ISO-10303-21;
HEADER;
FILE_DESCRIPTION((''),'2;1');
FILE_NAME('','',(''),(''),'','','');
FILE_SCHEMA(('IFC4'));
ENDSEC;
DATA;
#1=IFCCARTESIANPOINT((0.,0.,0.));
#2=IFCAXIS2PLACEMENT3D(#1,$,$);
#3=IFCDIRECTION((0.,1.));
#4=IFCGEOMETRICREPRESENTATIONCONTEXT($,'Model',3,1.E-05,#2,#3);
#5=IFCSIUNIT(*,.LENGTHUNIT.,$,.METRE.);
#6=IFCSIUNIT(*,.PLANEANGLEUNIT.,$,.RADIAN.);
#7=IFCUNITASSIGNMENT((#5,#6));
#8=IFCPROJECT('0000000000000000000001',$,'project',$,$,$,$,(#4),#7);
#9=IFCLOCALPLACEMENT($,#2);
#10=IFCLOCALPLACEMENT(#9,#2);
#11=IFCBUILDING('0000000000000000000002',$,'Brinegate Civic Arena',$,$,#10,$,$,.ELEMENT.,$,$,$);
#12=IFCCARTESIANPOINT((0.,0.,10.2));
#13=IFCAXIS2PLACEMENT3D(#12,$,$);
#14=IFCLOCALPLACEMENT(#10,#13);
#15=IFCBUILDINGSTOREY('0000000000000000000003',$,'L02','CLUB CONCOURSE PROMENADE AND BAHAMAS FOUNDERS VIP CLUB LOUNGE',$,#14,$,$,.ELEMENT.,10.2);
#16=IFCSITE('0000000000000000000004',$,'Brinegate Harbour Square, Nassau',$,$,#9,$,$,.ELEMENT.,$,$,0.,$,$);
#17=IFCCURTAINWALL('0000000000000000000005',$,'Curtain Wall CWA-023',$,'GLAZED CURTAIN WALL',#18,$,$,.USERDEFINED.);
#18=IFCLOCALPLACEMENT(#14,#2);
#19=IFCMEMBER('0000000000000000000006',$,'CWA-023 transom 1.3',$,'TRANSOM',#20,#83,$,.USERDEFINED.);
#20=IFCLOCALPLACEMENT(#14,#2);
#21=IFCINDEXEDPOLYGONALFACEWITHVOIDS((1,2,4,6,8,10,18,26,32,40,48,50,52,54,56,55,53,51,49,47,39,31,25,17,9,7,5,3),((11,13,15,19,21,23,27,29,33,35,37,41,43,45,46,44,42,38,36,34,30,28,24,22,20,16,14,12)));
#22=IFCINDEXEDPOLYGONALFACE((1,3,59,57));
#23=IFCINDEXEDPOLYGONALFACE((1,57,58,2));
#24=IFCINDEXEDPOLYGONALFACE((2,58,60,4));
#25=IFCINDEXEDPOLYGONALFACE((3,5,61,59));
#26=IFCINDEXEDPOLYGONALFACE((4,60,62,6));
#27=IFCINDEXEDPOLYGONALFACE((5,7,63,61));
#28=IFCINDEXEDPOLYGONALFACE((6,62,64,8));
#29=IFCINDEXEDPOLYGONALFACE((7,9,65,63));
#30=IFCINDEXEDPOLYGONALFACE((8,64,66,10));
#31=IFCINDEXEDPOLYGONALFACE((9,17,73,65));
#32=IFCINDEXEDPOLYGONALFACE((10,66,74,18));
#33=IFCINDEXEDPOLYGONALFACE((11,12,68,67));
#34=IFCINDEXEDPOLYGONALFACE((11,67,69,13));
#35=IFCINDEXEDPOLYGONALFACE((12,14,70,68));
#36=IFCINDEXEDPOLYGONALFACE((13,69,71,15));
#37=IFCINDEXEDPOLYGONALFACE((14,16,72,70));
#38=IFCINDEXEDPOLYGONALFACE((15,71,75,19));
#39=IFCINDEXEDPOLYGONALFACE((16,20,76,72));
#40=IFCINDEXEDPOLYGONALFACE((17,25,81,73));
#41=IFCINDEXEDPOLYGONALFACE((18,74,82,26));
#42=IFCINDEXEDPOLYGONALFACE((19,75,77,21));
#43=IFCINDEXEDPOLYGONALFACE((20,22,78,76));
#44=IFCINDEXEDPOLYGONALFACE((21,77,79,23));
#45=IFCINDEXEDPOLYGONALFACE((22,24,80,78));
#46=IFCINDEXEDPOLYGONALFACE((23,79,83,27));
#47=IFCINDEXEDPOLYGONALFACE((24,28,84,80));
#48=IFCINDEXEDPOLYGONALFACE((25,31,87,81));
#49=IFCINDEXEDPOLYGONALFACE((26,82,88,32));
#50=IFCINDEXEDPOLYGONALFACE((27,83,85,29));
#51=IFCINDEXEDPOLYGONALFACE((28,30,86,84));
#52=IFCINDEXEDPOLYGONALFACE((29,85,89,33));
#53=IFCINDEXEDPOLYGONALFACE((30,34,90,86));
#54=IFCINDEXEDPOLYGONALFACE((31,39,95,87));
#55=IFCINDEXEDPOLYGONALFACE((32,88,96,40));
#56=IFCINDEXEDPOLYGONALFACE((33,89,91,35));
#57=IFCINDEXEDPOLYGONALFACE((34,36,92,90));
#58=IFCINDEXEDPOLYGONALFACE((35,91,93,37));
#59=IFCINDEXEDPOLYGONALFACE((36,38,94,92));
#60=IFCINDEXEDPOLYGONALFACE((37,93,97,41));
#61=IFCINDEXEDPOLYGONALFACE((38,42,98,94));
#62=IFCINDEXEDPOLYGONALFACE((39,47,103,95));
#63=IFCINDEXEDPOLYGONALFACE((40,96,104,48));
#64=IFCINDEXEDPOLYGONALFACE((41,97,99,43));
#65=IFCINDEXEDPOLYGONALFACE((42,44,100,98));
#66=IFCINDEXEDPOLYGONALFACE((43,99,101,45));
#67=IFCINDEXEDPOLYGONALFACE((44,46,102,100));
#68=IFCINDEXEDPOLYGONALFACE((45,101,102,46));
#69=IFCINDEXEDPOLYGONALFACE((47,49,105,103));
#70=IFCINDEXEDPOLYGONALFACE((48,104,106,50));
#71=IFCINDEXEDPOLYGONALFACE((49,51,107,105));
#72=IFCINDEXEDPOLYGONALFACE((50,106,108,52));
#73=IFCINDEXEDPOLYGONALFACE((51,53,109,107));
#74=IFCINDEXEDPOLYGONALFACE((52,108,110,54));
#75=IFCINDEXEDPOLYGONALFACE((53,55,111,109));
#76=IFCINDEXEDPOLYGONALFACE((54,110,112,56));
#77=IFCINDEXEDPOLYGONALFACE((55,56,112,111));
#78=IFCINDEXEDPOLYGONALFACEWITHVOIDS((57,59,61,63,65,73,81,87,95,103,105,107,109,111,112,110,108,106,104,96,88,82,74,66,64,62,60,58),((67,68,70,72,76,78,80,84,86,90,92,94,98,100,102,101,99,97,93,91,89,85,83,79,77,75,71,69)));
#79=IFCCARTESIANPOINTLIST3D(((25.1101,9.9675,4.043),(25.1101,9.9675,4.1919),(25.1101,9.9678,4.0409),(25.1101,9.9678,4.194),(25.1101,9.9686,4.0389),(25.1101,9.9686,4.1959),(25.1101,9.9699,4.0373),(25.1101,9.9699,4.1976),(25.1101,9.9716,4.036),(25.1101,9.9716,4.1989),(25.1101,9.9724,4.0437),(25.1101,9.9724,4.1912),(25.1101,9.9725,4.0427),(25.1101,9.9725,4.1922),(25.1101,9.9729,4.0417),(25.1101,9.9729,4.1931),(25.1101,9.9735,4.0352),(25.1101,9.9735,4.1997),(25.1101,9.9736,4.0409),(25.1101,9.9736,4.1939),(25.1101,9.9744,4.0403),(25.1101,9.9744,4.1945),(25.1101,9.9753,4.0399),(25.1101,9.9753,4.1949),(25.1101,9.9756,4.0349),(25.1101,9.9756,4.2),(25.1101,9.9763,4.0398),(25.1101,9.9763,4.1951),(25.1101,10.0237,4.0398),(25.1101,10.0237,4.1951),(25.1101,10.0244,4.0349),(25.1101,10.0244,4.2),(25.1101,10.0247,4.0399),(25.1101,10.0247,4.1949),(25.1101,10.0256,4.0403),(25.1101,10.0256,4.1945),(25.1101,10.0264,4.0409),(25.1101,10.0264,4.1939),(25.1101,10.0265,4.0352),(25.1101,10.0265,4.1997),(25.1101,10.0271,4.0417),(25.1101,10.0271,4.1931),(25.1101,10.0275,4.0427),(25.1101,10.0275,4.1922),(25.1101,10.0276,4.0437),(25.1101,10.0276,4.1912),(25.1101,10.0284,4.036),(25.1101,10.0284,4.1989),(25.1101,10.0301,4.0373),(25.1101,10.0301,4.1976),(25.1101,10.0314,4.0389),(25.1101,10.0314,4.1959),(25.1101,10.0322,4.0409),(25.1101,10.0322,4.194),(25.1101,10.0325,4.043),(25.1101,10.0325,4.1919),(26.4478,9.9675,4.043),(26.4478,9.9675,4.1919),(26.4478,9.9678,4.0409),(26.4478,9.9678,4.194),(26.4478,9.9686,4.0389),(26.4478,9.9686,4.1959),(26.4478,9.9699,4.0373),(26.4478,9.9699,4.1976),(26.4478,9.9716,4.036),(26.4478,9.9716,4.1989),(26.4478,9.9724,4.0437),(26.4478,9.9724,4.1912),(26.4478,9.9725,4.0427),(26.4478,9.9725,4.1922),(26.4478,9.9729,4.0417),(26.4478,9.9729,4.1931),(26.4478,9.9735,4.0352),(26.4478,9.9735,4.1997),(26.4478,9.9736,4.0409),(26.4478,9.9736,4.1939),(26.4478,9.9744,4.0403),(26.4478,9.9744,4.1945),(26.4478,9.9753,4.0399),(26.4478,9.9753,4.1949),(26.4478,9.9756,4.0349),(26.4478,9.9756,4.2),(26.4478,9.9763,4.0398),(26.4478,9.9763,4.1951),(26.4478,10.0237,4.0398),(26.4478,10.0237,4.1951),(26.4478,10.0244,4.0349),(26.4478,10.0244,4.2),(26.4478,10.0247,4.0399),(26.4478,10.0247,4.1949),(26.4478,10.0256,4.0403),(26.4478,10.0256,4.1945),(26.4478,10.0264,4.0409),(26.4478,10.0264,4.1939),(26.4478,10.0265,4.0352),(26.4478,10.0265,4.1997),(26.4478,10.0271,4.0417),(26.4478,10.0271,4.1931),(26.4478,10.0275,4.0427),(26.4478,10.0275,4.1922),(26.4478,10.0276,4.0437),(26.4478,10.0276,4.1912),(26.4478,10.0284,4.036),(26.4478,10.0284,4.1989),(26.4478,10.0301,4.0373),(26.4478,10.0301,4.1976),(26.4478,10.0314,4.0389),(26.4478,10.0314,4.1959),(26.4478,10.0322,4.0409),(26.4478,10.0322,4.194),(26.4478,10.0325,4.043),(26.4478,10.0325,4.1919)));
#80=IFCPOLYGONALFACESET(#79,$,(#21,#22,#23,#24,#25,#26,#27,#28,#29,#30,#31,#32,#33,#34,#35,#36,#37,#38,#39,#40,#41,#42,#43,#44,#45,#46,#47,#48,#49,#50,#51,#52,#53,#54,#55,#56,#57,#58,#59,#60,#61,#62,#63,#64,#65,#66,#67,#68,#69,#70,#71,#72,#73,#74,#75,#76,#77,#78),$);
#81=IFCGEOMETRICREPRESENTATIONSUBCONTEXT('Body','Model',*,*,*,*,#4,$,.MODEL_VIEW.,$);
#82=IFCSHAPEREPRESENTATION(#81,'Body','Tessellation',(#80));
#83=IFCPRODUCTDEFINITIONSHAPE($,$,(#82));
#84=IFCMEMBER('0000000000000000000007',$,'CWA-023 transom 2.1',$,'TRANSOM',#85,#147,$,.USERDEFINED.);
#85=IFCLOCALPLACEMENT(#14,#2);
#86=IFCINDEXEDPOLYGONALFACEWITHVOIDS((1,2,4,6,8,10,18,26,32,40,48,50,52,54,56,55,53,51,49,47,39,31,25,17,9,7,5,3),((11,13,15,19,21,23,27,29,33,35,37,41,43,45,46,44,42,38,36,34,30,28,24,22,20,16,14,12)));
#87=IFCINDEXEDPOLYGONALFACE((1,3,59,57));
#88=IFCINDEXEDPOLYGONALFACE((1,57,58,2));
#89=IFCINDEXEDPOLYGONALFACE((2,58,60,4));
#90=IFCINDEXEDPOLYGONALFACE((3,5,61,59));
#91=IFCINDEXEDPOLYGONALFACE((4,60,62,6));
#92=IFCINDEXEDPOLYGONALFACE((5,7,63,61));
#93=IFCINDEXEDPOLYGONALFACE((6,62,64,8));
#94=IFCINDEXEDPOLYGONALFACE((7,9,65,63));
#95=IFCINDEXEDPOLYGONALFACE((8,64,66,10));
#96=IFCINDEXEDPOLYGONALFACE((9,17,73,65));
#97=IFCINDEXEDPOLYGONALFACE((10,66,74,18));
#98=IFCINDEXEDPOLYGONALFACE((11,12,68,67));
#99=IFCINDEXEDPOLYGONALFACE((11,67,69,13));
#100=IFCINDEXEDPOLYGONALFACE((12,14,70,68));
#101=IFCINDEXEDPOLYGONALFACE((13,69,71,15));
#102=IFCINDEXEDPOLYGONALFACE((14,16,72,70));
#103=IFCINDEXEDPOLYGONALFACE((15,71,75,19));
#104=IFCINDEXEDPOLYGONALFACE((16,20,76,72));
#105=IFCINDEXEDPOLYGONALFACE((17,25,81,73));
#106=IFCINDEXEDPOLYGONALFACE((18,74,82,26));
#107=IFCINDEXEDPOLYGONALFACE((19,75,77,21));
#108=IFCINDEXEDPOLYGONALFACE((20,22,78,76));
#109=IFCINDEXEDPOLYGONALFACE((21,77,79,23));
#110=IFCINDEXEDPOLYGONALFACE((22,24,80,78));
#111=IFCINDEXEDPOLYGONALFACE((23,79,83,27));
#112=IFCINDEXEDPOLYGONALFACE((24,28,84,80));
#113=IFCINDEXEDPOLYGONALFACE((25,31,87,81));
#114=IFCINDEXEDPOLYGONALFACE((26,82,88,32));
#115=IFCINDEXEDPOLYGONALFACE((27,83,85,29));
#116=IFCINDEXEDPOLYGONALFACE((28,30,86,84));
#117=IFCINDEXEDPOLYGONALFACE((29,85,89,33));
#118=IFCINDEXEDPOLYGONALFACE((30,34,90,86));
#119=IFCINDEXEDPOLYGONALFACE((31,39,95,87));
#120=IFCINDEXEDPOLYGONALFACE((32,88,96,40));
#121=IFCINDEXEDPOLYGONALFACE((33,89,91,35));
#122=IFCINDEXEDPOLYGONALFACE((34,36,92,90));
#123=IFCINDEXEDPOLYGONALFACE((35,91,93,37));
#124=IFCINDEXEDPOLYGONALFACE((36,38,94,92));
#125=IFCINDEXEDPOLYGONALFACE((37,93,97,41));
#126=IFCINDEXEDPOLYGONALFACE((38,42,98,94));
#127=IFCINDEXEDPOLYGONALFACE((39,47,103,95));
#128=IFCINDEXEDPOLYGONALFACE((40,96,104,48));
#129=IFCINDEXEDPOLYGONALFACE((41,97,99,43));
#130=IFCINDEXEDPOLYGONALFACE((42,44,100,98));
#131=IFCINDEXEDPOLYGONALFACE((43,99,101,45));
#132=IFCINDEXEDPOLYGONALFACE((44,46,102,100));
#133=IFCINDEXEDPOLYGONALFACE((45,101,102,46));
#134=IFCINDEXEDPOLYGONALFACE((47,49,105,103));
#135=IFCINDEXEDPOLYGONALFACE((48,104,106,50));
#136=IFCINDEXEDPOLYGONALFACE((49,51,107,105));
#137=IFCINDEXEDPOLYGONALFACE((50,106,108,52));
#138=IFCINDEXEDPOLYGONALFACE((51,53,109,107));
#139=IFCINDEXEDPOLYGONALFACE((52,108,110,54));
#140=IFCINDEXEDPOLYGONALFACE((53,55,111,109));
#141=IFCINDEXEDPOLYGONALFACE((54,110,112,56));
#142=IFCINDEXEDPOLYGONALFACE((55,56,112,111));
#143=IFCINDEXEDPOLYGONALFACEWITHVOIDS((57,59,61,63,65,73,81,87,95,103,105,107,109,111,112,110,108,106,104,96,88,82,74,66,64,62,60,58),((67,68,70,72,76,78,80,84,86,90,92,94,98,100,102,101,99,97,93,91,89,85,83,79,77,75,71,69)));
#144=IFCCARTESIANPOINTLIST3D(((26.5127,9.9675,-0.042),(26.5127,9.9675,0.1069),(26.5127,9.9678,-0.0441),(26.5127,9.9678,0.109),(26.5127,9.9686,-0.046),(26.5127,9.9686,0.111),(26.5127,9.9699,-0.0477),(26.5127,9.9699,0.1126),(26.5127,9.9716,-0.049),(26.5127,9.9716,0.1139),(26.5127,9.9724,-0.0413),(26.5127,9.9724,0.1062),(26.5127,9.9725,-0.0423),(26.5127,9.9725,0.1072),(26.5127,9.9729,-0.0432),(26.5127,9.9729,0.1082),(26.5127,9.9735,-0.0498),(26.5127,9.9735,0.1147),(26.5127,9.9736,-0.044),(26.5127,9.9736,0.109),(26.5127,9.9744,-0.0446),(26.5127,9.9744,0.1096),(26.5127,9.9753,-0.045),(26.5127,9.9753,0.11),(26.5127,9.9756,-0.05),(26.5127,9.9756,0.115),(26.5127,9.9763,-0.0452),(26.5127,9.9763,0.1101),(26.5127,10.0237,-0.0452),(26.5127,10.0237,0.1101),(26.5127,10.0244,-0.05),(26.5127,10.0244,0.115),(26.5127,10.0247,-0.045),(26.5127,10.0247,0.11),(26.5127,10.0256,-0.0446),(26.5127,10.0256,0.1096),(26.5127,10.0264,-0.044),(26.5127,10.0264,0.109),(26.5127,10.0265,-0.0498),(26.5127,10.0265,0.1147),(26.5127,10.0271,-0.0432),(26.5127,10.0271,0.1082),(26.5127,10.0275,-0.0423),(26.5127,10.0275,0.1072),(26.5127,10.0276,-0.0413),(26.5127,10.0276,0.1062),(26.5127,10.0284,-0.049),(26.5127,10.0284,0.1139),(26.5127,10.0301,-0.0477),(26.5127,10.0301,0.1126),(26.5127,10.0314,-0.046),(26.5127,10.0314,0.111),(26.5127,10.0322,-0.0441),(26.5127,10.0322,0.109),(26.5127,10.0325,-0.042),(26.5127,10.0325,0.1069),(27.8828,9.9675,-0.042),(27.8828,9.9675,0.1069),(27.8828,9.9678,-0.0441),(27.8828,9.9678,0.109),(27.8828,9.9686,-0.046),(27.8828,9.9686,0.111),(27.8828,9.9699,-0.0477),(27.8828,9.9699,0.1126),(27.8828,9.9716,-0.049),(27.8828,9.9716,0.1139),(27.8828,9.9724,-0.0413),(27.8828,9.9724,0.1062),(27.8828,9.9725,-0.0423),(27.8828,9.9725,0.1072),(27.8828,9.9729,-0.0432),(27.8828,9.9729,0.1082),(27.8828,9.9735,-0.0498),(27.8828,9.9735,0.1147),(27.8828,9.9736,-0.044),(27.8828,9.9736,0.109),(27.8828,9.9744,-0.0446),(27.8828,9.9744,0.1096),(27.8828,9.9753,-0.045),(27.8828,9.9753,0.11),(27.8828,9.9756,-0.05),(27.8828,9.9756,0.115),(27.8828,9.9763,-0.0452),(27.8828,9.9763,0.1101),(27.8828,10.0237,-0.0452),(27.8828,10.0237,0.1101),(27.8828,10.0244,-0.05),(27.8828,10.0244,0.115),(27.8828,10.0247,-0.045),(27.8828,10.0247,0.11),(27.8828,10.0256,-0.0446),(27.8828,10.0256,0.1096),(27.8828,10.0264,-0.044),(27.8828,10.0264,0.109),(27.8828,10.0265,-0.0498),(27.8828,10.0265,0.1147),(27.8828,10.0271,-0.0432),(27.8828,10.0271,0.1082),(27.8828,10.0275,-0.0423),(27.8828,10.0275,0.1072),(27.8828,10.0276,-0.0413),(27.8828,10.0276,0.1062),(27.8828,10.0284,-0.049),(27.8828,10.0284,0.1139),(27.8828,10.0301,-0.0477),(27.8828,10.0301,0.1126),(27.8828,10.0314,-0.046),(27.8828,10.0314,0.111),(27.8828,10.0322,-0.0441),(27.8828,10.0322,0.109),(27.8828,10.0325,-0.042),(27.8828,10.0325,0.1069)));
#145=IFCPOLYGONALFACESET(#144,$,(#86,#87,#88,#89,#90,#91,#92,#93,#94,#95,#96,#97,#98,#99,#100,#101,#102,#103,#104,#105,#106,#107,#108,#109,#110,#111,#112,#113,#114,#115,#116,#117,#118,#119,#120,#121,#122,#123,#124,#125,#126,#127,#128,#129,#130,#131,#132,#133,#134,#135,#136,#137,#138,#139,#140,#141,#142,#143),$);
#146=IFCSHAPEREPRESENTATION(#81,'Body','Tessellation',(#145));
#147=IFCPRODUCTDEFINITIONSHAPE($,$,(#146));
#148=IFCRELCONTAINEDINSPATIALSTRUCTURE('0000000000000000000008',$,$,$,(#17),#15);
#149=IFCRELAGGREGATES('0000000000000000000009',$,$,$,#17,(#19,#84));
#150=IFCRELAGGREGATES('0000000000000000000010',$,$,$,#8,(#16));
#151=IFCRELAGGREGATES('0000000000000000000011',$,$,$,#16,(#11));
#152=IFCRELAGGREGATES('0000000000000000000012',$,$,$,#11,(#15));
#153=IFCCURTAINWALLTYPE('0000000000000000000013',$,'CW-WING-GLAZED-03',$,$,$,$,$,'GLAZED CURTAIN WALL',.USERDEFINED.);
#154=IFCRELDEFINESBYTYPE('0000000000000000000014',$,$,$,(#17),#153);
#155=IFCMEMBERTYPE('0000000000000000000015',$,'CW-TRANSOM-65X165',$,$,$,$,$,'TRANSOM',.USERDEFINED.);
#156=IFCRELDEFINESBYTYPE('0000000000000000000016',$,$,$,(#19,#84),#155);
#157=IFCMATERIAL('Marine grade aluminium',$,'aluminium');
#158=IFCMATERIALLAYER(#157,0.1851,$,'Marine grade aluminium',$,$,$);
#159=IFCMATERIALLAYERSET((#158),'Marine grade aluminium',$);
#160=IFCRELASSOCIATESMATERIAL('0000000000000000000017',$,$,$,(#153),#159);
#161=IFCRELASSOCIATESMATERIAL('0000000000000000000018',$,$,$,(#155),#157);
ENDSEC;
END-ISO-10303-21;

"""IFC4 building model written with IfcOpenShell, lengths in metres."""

from ifc_helpers import new_model, si_unit, direction, frame, origin, origin_2d, place, context, subcontext, project, spatial, hollow_rectangle, extrude, material, layer, layer_set, material_profile, profile_set, type_object, element, aggregate, save


model = new_model("IFC4")

# Units and contexts
model_context = context("Model", 3, precision=1e-05, world=origin(), true_north=direction((0.0, 1.0)))
body_context = subcontext(model_context, "Body", "Model", "MODEL_VIEW")
ifc_project = project(units=[si_unit("LENGTHUNIT", "METRE"), si_unit("PLANEANGLEUNIT", "RADIAN")], contexts=[model_context])

# Site, building, storey
site_placement = place(None, origin())
site = spatial("IfcSite", under=ifc_project, at=site_placement, Name="Brinegate Harbour Square, Nassau", CompositionType="ELEMENT", RefElevation=0.0)
building_placement = place(site_placement, origin())
building = spatial("IfcBuilding", under=site, at=building_placement, Name="Brinegate Civic Arena", CompositionType="ELEMENT")
storey_placement = place(building_placement, frame((0.0, 0.0, 10.2)))
storey = spatial("IfcBuildingStorey", under=building, at=storey_placement, Name="L02", Description="CLUB CONCOURSE PROMENADE AND BAHAMAS FOUNDERS VIP CLUB LOUNGE", CompositionType="ELEMENT", Elevation=10.2)

# Curtain wall, members
ifc_material_1 = material(Name="Marine grade aluminium", Category="aluminium")
ifc_layer_1 = layer(ifc_material_1, 0.1851, Name="Marine grade aluminium")
ifc_layer_set_1 = layer_set([ifc_layer_1], Name="Marine grade aluminium")
curtain_wall_type = type_object("IfcCurtainWallType", Name="CW-WING-GLAZED-03", ElementType="GLAZED CURTAIN WALL", PredefinedType="USERDEFINED", material=ifc_layer_set_1)
curtain_wall_placement = place(storey_placement, origin())
curtain_wall = element("IfcCurtainWall", 1, at=curtain_wall_placement, inside=storey, type_object=curtain_wall_type, Name="Curtain Wall CWA-023", ObjectType="GLAZED CURTAIN WALL", PredefinedType="USERDEFINED")
ifc_material_profile_1 = material_profile(ifc_material_1, hollow_rectangle(XDim=0.0649, YDim=0.165, WallThickness=0.0049, InnerFilletRadius=0.0039, OuterFilletRadius=0.0081, at=origin_2d()), Name="TRN65X165")
ifc_profile_set_1 = profile_set([ifc_material_profile_1], Name="Marine grade aluminium")
member_type_1 = type_object("IfcMemberType", Name="CW-TRANSOM-65X165", ElementType="TRANSOM", PredefinedType="USERDEFINED", material=ifc_profile_set_1)
member_1_placement = place(storey_placement, frame((25.1101, 10.0, 4.1174), z_axis=(1.0, 0.0, 0.0), x_axis=(0.0, 1.0, 0.0)))
member_1 = element("IfcMember", 2, at=member_1_placement, type_object=member_type_1, Name="CWA-023 transom 1.3", ObjectType="TRANSOM", PredefinedType="USERDEFINED", context=body_context, shape_type="SweptSolid", body=[
    extrude(hollow_rectangle(XDim=0.0649, YDim=0.165, WallThickness=0.0049, InnerFilletRadius=0.0039, OuterFilletRadius=0.0081, at=origin_2d()), origin(), (0.0, 0.0, 1.0), 1.3376),
])
member_2_placement = place(storey_placement, frame((26.5127, 10.0, 0.0325), z_axis=(1.0, 0.0, 0.0), x_axis=(0.0, 1.0, 0.0)))
member_2 = element("IfcMember", 3, at=member_2_placement, type_object=member_type_1, Name="CWA-023 transom 2.1", ObjectType="TRANSOM", PredefinedType="USERDEFINED", context=body_context, shape_type="SweptSolid", body=[
    extrude(hollow_rectangle(XDim=0.0649, YDim=0.165, WallThickness=0.0049, InnerFilletRadius=0.0039, OuterFilletRadius=0.0081, at=origin_2d()), origin(), (0.0, 0.0, 1.0), 1.3701),
])

aggregate(curtain_wall, [member_1, member_2])

save(model, "model.ifc")
